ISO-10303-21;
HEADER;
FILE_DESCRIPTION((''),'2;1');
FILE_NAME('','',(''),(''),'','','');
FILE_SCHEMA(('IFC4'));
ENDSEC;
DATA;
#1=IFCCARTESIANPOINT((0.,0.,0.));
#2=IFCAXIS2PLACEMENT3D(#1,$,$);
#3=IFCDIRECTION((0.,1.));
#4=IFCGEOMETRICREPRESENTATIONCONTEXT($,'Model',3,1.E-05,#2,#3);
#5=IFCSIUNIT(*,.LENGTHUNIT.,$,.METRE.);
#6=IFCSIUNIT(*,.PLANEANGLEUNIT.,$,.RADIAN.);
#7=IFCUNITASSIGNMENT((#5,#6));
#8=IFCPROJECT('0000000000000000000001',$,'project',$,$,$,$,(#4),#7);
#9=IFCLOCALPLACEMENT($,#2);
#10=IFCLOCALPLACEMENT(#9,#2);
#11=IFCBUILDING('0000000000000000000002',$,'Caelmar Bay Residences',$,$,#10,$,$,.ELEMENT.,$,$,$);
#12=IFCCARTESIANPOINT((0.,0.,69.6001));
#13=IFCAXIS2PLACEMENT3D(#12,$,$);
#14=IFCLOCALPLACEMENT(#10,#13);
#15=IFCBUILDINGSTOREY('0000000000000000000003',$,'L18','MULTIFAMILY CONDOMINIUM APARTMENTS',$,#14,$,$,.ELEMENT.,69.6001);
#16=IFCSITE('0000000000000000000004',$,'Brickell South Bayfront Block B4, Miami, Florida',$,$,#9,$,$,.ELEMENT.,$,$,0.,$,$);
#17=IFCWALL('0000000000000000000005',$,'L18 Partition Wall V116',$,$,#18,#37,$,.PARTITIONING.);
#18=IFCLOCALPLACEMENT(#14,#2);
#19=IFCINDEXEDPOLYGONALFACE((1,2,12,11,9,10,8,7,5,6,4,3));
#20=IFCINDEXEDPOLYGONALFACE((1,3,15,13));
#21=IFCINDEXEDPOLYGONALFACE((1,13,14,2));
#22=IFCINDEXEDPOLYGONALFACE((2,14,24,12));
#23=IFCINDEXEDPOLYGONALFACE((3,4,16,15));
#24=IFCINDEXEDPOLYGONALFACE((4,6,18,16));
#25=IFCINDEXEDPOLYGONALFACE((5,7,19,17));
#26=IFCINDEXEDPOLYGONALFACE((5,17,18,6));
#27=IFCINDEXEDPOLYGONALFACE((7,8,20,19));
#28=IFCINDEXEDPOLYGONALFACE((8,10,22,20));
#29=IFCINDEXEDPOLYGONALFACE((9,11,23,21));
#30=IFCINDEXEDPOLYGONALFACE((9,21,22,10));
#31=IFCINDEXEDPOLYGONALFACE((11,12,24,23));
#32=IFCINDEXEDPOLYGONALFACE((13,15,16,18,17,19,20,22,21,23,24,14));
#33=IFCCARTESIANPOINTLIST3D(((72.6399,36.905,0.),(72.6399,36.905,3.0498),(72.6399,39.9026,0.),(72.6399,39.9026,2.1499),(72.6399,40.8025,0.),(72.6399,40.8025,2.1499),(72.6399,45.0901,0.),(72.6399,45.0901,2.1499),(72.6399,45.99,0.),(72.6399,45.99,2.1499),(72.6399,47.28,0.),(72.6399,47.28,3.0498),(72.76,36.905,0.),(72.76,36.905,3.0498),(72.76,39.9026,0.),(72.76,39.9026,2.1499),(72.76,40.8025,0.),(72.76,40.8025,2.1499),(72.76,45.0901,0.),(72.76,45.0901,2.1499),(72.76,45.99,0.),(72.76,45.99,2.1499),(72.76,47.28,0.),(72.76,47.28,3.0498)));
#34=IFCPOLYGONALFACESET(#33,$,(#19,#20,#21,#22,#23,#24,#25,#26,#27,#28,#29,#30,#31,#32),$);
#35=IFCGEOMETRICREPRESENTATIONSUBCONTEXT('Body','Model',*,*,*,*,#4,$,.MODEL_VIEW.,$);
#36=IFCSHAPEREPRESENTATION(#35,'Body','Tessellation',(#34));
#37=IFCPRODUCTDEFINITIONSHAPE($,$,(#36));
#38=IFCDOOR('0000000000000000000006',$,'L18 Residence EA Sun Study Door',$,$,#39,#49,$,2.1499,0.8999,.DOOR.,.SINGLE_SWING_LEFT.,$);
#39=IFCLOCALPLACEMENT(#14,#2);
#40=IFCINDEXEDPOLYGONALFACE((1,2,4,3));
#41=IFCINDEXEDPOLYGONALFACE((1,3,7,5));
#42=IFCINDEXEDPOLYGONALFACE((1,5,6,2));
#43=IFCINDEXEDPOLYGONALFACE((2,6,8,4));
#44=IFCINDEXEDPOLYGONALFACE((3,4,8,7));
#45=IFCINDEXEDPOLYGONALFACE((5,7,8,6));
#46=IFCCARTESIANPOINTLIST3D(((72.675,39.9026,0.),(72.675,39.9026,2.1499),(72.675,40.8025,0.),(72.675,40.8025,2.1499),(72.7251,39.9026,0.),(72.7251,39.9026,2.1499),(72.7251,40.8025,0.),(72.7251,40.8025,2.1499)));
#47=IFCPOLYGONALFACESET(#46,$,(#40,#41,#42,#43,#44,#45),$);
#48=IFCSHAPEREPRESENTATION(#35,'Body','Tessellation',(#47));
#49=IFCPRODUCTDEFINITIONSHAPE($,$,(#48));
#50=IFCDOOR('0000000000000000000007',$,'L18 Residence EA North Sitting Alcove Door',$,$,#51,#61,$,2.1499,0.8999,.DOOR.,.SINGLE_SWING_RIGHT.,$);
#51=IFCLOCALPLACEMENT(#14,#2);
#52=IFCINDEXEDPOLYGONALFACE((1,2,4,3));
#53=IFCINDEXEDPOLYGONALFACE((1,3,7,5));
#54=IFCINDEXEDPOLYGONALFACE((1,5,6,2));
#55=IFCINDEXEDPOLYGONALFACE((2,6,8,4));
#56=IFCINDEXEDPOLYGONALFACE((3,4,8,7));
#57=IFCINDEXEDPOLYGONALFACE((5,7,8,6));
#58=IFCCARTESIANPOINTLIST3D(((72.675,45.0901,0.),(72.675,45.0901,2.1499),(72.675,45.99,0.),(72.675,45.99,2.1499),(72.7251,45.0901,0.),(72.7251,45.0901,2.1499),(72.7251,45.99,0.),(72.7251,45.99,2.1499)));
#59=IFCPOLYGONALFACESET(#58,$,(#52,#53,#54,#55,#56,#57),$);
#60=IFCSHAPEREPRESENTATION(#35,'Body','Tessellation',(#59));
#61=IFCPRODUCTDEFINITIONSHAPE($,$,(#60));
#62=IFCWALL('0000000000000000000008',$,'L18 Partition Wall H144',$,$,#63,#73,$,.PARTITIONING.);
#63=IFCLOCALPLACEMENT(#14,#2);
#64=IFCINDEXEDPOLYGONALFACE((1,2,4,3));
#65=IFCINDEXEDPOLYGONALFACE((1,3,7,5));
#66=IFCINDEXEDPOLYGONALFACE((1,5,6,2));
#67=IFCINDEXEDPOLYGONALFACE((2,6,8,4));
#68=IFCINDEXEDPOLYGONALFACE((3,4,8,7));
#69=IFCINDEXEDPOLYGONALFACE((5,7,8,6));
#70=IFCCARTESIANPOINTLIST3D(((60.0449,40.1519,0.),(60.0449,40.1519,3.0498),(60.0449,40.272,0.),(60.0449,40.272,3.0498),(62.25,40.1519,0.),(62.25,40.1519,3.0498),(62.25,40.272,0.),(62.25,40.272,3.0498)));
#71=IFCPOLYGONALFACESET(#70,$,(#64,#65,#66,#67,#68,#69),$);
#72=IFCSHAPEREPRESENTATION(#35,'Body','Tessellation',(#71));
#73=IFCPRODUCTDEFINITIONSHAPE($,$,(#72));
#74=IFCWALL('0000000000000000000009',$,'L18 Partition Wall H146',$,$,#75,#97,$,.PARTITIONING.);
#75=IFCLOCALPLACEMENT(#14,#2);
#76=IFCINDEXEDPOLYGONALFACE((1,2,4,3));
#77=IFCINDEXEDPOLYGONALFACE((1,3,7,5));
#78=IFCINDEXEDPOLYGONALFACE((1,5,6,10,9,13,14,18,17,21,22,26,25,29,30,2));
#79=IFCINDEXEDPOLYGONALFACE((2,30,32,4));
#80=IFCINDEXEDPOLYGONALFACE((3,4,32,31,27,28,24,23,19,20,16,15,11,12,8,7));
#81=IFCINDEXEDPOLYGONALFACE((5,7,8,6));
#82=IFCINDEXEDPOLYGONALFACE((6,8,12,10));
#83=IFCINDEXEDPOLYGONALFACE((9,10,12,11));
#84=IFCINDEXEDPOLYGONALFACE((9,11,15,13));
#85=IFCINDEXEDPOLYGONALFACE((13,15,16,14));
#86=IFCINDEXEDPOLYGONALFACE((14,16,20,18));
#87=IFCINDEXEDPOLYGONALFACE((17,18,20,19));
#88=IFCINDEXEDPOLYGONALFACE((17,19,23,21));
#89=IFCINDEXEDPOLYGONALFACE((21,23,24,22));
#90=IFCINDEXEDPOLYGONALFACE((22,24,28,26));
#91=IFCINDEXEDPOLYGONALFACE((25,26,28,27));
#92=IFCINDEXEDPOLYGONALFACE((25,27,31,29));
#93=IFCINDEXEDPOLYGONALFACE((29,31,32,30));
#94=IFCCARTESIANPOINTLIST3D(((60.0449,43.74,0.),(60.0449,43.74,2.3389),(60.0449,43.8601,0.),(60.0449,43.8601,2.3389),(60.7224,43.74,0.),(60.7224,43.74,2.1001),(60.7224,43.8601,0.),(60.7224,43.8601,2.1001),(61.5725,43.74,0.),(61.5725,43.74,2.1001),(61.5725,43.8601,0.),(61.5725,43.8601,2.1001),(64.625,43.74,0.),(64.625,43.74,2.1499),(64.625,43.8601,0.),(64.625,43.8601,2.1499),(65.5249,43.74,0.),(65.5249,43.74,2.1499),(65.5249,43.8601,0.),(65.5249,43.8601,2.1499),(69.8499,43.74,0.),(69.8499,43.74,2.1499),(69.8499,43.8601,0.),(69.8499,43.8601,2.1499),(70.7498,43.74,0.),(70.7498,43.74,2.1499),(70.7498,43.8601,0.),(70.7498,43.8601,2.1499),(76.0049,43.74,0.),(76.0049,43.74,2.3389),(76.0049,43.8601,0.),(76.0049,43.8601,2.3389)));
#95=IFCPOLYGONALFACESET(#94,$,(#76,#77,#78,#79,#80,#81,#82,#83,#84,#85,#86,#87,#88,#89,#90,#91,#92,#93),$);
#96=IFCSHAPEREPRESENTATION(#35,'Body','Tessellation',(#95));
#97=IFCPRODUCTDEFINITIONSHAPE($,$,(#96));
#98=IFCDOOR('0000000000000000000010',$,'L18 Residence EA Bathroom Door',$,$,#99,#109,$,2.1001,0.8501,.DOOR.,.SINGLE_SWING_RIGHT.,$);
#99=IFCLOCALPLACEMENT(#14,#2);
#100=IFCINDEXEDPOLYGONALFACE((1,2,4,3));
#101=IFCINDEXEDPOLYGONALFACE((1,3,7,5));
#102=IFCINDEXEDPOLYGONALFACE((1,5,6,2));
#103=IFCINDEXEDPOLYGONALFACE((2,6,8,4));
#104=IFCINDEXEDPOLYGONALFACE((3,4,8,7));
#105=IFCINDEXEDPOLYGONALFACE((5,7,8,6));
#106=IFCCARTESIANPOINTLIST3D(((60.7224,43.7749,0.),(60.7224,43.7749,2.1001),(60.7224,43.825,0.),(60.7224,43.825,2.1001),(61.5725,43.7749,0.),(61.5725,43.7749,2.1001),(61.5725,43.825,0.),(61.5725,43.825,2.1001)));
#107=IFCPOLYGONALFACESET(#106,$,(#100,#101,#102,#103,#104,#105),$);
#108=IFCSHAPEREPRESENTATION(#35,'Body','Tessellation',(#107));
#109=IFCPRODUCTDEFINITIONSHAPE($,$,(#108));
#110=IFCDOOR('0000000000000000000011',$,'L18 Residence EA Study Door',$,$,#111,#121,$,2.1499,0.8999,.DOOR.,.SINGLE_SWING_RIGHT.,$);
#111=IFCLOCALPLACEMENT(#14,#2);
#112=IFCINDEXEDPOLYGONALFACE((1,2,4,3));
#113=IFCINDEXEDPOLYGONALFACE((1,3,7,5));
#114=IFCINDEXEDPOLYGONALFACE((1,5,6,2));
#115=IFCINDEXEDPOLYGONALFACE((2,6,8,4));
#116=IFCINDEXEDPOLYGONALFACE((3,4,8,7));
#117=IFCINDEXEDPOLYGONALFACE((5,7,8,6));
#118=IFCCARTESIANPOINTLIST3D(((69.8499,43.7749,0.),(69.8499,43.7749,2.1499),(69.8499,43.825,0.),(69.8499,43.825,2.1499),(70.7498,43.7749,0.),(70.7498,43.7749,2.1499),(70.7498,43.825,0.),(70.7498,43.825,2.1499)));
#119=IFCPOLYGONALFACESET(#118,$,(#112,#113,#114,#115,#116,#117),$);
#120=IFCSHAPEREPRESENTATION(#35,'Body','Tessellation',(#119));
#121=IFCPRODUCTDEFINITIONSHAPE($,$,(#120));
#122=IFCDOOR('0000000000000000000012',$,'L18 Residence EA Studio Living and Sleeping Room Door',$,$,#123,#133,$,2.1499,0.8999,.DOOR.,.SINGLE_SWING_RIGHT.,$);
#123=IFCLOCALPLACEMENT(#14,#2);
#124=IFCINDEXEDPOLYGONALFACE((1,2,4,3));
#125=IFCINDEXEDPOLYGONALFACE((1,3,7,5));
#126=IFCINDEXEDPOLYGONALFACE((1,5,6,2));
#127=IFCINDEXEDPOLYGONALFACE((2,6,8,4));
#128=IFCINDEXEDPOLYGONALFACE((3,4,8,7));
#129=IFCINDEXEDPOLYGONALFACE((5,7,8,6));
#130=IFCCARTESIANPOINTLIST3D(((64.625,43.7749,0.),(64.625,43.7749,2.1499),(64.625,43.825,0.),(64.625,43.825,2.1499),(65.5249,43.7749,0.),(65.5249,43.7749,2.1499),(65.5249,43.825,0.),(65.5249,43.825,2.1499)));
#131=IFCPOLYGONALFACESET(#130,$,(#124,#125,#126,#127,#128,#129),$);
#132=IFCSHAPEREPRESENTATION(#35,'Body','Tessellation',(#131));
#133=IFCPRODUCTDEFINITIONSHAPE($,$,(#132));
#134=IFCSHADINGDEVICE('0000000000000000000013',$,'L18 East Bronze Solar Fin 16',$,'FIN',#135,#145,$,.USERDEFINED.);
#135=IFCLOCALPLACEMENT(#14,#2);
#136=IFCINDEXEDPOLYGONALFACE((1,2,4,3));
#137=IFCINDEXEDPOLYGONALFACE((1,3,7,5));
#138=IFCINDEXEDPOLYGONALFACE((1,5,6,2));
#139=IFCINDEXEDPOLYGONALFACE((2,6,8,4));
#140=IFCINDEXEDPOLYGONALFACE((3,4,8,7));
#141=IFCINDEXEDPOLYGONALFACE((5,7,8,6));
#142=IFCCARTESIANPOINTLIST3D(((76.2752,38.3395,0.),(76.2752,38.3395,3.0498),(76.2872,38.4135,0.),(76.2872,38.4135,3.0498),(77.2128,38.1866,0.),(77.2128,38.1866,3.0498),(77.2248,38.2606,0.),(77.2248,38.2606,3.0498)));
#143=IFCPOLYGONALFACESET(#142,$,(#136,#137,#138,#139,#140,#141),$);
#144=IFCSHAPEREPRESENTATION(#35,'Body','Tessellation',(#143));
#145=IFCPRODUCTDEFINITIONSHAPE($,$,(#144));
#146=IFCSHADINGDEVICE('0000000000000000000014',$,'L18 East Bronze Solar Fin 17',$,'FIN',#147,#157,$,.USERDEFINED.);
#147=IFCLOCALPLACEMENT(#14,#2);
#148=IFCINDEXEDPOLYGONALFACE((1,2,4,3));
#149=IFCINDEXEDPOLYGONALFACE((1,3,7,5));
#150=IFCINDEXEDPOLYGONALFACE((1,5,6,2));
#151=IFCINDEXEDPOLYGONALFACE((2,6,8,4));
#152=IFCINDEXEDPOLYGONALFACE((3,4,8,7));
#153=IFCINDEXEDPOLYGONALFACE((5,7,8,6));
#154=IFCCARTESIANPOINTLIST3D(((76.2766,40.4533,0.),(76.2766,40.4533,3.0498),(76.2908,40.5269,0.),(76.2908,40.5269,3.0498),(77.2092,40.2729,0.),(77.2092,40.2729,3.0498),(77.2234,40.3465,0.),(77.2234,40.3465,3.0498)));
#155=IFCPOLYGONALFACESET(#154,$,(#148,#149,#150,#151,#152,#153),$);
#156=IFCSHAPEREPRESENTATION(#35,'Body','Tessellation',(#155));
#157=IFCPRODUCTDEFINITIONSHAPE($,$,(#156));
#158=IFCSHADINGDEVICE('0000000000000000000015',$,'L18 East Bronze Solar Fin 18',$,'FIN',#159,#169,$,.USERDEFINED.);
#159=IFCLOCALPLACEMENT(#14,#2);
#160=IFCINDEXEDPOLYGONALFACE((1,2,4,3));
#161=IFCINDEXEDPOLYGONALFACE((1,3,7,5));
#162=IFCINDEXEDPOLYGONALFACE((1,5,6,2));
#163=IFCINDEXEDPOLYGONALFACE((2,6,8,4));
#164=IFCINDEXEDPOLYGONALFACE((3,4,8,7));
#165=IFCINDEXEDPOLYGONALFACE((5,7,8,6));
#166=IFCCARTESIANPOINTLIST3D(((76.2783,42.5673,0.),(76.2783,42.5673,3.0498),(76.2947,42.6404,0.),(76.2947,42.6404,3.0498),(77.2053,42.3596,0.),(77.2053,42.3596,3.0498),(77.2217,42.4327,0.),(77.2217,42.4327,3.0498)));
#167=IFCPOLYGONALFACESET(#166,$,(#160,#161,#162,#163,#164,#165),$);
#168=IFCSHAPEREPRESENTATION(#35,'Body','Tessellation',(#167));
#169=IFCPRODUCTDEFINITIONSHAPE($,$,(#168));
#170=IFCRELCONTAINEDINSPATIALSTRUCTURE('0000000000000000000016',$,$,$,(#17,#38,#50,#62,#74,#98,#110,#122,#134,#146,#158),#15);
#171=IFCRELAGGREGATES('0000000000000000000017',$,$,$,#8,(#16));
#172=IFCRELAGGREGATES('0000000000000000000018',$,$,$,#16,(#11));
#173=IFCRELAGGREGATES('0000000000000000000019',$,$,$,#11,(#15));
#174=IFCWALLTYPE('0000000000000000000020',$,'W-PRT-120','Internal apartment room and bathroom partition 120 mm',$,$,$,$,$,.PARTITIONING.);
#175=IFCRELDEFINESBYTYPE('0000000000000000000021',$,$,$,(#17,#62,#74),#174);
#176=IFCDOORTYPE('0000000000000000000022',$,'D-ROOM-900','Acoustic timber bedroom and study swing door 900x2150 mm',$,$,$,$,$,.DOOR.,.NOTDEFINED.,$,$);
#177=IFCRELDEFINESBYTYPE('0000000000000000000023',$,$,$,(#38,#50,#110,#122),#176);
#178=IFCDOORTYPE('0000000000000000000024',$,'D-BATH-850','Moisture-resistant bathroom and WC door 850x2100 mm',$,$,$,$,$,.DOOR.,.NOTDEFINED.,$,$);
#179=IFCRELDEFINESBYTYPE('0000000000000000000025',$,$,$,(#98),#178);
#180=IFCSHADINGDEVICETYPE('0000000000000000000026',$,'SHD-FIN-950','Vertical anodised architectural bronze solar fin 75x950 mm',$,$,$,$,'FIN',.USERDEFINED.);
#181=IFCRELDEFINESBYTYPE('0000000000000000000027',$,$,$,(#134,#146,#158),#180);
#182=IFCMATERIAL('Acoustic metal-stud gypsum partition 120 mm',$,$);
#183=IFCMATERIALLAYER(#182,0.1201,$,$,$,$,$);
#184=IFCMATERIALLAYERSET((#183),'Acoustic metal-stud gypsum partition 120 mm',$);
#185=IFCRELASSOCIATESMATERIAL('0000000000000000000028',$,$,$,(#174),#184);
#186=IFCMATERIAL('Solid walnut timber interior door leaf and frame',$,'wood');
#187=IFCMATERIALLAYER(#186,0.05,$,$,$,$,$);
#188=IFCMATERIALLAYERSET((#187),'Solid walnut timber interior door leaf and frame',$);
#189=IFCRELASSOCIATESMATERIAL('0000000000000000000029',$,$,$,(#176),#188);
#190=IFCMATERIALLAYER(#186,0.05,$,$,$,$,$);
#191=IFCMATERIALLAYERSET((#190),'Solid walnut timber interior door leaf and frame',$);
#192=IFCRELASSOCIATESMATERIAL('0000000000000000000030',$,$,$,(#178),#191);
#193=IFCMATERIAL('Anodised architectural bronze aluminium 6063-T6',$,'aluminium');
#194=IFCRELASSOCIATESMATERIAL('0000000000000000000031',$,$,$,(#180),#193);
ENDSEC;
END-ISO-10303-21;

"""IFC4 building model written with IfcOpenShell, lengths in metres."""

from ifc_helpers import new_model, si_unit, direction, frame, frame_2d, origin, origin_2d, place, context, subcontext, project, spatial, rectangle, extrude, material, layer, layer_set, material_profile, profile_set, type_object, element, fill, save


model = new_model("IFC4")

# Units and contexts
model_context = context("Model", 3, precision=1e-05, world=origin(), true_north=direction((0.0, 1.0)))
body_context = subcontext(model_context, "Body", "Model", "MODEL_VIEW")
ifc_project = project(units=[si_unit("LENGTHUNIT", "METRE"), si_unit("PLANEANGLEUNIT", "RADIAN")], contexts=[model_context])

# Site, building, storey
site_placement = place(None, origin())
site = spatial("IfcSite", under=ifc_project, at=site_placement, Name="Brickell South Bayfront Block B4, Miami, Florida", CompositionType="ELEMENT", RefElevation=0.0)
building_placement = place(site_placement, origin())
building = spatial("IfcBuilding", under=site, at=building_placement, Name="Caelmar Bay Residences", CompositionType="ELEMENT")
storey_placement = place(building_placement, frame((0.0, 0.0, 69.6001)))
storey = spatial("IfcBuildingStorey", under=building, at=storey_placement, Name="L18", Description="MULTIFAMILY CONDOMINIUM APARTMENTS", CompositionType="ELEMENT", Elevation=69.6001)

# Wall, openings, doors
ifc_material_1 = material(Name="Acoustic metal-stud gypsum partition 120 mm")
ifc_layer_1 = layer(ifc_material_1, 0.1201)
ifc_layer_set_1 = layer_set([ifc_layer_1], Name="Acoustic metal-stud gypsum partition 120 mm")
wall_type_1 = type_object("IfcWallType", Name="W-PRT-120", Description="Internal apartment room and bathroom partition 120 mm", PredefinedType="PARTITIONING", material=ifc_layer_set_1)
wall_1_placement = place(storey_placement, frame((72.7, 36.905, 0.0), z_axis=(0.0, 0.0, 1.0), x_axis=(0.0, 1.0, 0.0)))
wall_1 = element("IfcWall", 1, at=wall_1_placement, inside=storey, type_object=wall_type_1, Name="L18 Partition Wall V116", PredefinedType="PARTITIONING", context=body_context, shape_type="SweptSolid", body=[
    extrude(rectangle(XDim=10.375, YDim=0.1201, at=frame_2d((5.1875, 0.0))), origin(), (0.0, 0.0, 1.0), 3.0498),
])
opening_1_placement = place(wall_1_placement, frame((2.9976, 0.0, 0.0)))
opening_1 = element("IfcOpeningElement", 2, at=opening_1_placement, cuts=wall_1, PredefinedType="OPENING", context=body_context, shape_type="SweptSolid", body=[
    extrude(rectangle(XDim=0.8999, YDim=2.1499, at=frame_2d((0.45, 1.075))), frame((0.0, 0.0701, 0.0), z_axis=(0.0, -1.0, 0.0), x_axis=(1.0, 0.0, 0.0)), (0.0, 0.0, 1.0), 0.1401),
])
opening_2_placement = place(wall_1_placement, frame((8.1851, 0.0, 0.0)))
opening_2 = element("IfcOpeningElement", 3, at=opening_2_placement, cuts=wall_1, PredefinedType="OPENING", context=body_context, shape_type="SweptSolid", body=[
    extrude(rectangle(XDim=0.8999, YDim=2.1499, at=frame_2d((0.45, 1.075))), frame((0.0, 0.0701, 0.0), z_axis=(0.0, -1.0, 0.0), x_axis=(1.0, 0.0, 0.0)), (0.0, 0.0, 1.0), 0.1401),
])
ifc_material_2 = material(Name="Solid walnut timber interior door leaf and frame", Category="wood")
ifc_layer_2 = layer(ifc_material_2, 0.05)
ifc_layer_set_2 = layer_set([ifc_layer_2], Name="Solid walnut timber interior door leaf and frame")
door_type_1 = type_object("IfcDoorType", Name="D-ROOM-900", Description="Acoustic timber bedroom and study swing door 900x2150 mm", OperationType="NOTDEFINED", PredefinedType="DOOR", material=ifc_layer_set_2)
door_1_placement = place(opening_1_placement, origin())
door_1 = element("IfcDoor", 4, at=door_1_placement, inside=storey, type_object=door_type_1, Name="L18 Residence EA Sun Study Door", OperationType="SINGLE_SWING_LEFT", OverallHeight=2.1499, OverallWidth=0.8999, PredefinedType="DOOR", context=body_context, shape_type="SweptSolid", body=[
    extrude(rectangle(XDim=0.8999, YDim=2.1499, at=frame_2d((0.45, 1.075))), frame((0.0, 0.0249, 0.0), z_axis=(0.0, -1.0, 0.0), x_axis=(1.0, 0.0, 0.0)), (0.0, 0.0, 1.0), 0.05),
])
fill(opening_1, door_1)
door_2_placement = place(opening_2_placement, origin())
door_2 = element("IfcDoor", 5, at=door_2_placement, inside=storey, type_object=door_type_1, Name="L18 Residence EA North Sitting Alcove Door", OperationType="SINGLE_SWING_RIGHT", OverallHeight=2.1499, OverallWidth=0.8999, PredefinedType="DOOR", context=body_context, shape_type="SweptSolid", body=[
    extrude(rectangle(XDim=0.8999, YDim=2.1499, at=frame_2d((0.45, 1.075))), frame((0.0, 0.0249, 0.0), z_axis=(0.0, -1.0, 0.0), x_axis=(1.0, 0.0, 0.0)), (0.0, 0.0, 1.0), 0.05),
])
fill(opening_2, door_2)

# Wall
wall_2_placement = place(storey_placement, frame((60.0449, 40.2119, 0.0), z_axis=(0.0, 0.0, 1.0), x_axis=(1.0, 0.0, 0.0)))
element("IfcWall", 6, at=wall_2_placement, inside=storey, type_object=wall_type_1, Name="L18 Partition Wall H144", PredefinedType="PARTITIONING", context=body_context, shape_type="SweptSolid", body=[
    extrude(rectangle(XDim=2.2051, YDim=0.1201, at=frame_2d((1.1025, 0.0))), origin(), (0.0, 0.0, 1.0), 3.0498),
])

# Wall, openings, doors
wall_3_placement = place(storey_placement, frame((60.0449, 43.8, 0.0), z_axis=(0.0, 0.0, 1.0), x_axis=(1.0, 0.0, 0.0)))
wall_3 = element("IfcWall", 7, at=wall_3_placement, inside=storey, type_object=wall_type_1, Name="L18 Partition Wall H146", PredefinedType="PARTITIONING", context=body_context, shape_type="SweptSolid", body=[
    extrude(rectangle(XDim=15.96, YDim=0.1201, at=frame_2d((7.98, 0.0))), origin(), (0.0, 0.0, 1.0), 2.3389),
])
opening_3_placement = place(wall_3_placement, frame((9.8049, 0.0, 0.0)))
opening_3 = element("IfcOpeningElement", 8, at=opening_3_placement, cuts=wall_3, PredefinedType="OPENING", context=body_context, shape_type="SweptSolid", body=[
    extrude(rectangle(XDim=0.8999, YDim=2.1499, at=frame_2d((0.45, 1.075))), frame((0.0, 0.0701, 0.0), z_axis=(0.0, -1.0, 0.0), x_axis=(1.0, 0.0, 0.0)), (0.0, 0.0, 1.0), 0.1401),
])
opening_4_placement = place(wall_3_placement, frame((4.5801, 0.0, 0.0)))
opening_4 = element("IfcOpeningElement", 9, at=opening_4_placement, cuts=wall_3, PredefinedType="OPENING", context=body_context, shape_type="SweptSolid", body=[
    extrude(rectangle(XDim=0.8999, YDim=2.1499, at=frame_2d((0.45, 1.075))), frame((0.0, 0.0701, 0.0), z_axis=(0.0, -1.0, 0.0), x_axis=(1.0, 0.0, 0.0)), (0.0, 0.0, 1.0), 0.1401),
])
opening_5_placement = place(wall_3_placement, frame((0.6775, 0.0, 0.0)))
opening_5 = element("IfcOpeningElement", 10, at=opening_5_placement, cuts=wall_3, PredefinedType="OPENING", context=body_context, shape_type="SweptSolid", body=[
    extrude(rectangle(XDim=0.8501, YDim=2.1001, at=frame_2d((0.425, 1.05))), frame((0.0, 0.0701, 0.0), z_axis=(0.0, -1.0, 0.0), x_axis=(1.0, 0.0, 0.0)), (0.0, 0.0, 1.0), 0.1401),
])
ifc_layer_3 = layer(ifc_material_2, 0.05)
ifc_layer_set_3 = layer_set([ifc_layer_3], Name="Solid walnut timber interior door leaf and frame")
door_type_2 = type_object("IfcDoorType", Name="D-BATH-850", Description="Moisture-resistant bathroom and WC door 850x2100 mm", OperationType="NOTDEFINED", PredefinedType="DOOR", material=ifc_layer_set_3)
door_3_placement = place(opening_5_placement, origin())
door_3 = element("IfcDoor", 11, at=door_3_placement, inside=storey, type_object=door_type_2, Name="L18 Residence EA Bathroom Door", OperationType="SINGLE_SWING_RIGHT", OverallHeight=2.1001, OverallWidth=0.8501, PredefinedType="DOOR", context=body_context, shape_type="SweptSolid", body=[
    extrude(rectangle(XDim=0.8501, YDim=2.1001, at=frame_2d((0.425, 1.05))), frame((0.0, 0.0249, 0.0), z_axis=(0.0, -1.0, 0.0), x_axis=(1.0, 0.0, 0.0)), (0.0, 0.0, 1.0), 0.05),
])
fill(opening_5, door_3)
door_4_placement = place(opening_3_placement, origin())
door_4 = element("IfcDoor", 12, at=door_4_placement, inside=storey, type_object=door_type_1, Name="L18 Residence EA Study Door", OperationType="SINGLE_SWING_RIGHT", OverallHeight=2.1499, OverallWidth=0.8999, PredefinedType="DOOR", context=body_context, shape_type="SweptSolid", body=[
    extrude(rectangle(XDim=0.8999, YDim=2.1499, at=frame_2d((0.45, 1.075))), frame((0.0, 0.0249, 0.0), z_axis=(0.0, -1.0, 0.0), x_axis=(1.0, 0.0, 0.0)), (0.0, 0.0, 1.0), 0.05),
])
fill(opening_3, door_4)
door_5_placement = place(opening_4_placement, origin())
door_5 = element("IfcDoor", 13, at=door_5_placement, inside=storey, type_object=door_type_1, Name="L18 Residence EA Studio Living and Sleeping Room Door", OperationType="SINGLE_SWING_RIGHT", OverallHeight=2.1499, OverallWidth=0.8999, PredefinedType="DOOR", context=body_context, shape_type="SweptSolid", body=[
    extrude(rectangle(XDim=0.8999, YDim=2.1499, at=frame_2d((0.45, 1.075))), frame((0.0, 0.0249, 0.0), z_axis=(0.0, -1.0, 0.0), x_axis=(1.0, 0.0, 0.0)), (0.0, 0.0, 1.0), 0.05),
])
fill(opening_4, door_5)

# Shading devices
ifc_material_3 = material(Name="Anodised architectural bronze aluminium 6063-T6", Category="aluminium")
ifc_material_profile_1 = material_profile(ifc_material_3, rectangle(XDim=0.075, YDim=0.95, at=origin_2d()), Name="BRONZE-FIN-75X950")
ifc_profile_set_1 = profile_set([ifc_material_profile_1], Name="Anodised architectural bronze aluminium 6063-T6")
shading_device_type = type_object("IfcShadingDeviceType", Name="SHD-FIN-950", Description="Vertical anodised architectural bronze solar fin 75x950 mm", ElementType="FIN", PredefinedType="USERDEFINED", material=ifc_profile_set_1)
for number, where, z_axis, x_axis, name in (
    (14, (76.75, 38.3, 0.0), (0.0, 0.0, 1.0), (0.160915, 0.986968, 0.0), "L18 East Bronze Solar Fin 16"),
    (15, (76.75, 40.3999, 0.0), (0.0, 0.0, 1.0), (0.189952, 0.981793, 0.0), "L18 East Bronze Solar Fin 17"),
    (16, (76.75, 42.5, 0.0), (0.0, 0.0, 1.0), (0.218654, 0.975802, 0.0), "L18 East Bronze Solar Fin 18"),
):
    element("IfcShadingDevice", number, at=place(storey_placement, frame(where, z_axis=z_axis, x_axis=x_axis)), inside=storey, type_object=shading_device_type, Name=name, ObjectType="FIN", PredefinedType="USERDEFINED", context=body_context, shape_type="SweptSolid", body=[
        extrude(rectangle(XDim=0.075, YDim=0.95, at=origin_2d()), origin(), (0.0, 0.0, 1.0), 3.0498),
    ])

save(model, "model.ifc")
